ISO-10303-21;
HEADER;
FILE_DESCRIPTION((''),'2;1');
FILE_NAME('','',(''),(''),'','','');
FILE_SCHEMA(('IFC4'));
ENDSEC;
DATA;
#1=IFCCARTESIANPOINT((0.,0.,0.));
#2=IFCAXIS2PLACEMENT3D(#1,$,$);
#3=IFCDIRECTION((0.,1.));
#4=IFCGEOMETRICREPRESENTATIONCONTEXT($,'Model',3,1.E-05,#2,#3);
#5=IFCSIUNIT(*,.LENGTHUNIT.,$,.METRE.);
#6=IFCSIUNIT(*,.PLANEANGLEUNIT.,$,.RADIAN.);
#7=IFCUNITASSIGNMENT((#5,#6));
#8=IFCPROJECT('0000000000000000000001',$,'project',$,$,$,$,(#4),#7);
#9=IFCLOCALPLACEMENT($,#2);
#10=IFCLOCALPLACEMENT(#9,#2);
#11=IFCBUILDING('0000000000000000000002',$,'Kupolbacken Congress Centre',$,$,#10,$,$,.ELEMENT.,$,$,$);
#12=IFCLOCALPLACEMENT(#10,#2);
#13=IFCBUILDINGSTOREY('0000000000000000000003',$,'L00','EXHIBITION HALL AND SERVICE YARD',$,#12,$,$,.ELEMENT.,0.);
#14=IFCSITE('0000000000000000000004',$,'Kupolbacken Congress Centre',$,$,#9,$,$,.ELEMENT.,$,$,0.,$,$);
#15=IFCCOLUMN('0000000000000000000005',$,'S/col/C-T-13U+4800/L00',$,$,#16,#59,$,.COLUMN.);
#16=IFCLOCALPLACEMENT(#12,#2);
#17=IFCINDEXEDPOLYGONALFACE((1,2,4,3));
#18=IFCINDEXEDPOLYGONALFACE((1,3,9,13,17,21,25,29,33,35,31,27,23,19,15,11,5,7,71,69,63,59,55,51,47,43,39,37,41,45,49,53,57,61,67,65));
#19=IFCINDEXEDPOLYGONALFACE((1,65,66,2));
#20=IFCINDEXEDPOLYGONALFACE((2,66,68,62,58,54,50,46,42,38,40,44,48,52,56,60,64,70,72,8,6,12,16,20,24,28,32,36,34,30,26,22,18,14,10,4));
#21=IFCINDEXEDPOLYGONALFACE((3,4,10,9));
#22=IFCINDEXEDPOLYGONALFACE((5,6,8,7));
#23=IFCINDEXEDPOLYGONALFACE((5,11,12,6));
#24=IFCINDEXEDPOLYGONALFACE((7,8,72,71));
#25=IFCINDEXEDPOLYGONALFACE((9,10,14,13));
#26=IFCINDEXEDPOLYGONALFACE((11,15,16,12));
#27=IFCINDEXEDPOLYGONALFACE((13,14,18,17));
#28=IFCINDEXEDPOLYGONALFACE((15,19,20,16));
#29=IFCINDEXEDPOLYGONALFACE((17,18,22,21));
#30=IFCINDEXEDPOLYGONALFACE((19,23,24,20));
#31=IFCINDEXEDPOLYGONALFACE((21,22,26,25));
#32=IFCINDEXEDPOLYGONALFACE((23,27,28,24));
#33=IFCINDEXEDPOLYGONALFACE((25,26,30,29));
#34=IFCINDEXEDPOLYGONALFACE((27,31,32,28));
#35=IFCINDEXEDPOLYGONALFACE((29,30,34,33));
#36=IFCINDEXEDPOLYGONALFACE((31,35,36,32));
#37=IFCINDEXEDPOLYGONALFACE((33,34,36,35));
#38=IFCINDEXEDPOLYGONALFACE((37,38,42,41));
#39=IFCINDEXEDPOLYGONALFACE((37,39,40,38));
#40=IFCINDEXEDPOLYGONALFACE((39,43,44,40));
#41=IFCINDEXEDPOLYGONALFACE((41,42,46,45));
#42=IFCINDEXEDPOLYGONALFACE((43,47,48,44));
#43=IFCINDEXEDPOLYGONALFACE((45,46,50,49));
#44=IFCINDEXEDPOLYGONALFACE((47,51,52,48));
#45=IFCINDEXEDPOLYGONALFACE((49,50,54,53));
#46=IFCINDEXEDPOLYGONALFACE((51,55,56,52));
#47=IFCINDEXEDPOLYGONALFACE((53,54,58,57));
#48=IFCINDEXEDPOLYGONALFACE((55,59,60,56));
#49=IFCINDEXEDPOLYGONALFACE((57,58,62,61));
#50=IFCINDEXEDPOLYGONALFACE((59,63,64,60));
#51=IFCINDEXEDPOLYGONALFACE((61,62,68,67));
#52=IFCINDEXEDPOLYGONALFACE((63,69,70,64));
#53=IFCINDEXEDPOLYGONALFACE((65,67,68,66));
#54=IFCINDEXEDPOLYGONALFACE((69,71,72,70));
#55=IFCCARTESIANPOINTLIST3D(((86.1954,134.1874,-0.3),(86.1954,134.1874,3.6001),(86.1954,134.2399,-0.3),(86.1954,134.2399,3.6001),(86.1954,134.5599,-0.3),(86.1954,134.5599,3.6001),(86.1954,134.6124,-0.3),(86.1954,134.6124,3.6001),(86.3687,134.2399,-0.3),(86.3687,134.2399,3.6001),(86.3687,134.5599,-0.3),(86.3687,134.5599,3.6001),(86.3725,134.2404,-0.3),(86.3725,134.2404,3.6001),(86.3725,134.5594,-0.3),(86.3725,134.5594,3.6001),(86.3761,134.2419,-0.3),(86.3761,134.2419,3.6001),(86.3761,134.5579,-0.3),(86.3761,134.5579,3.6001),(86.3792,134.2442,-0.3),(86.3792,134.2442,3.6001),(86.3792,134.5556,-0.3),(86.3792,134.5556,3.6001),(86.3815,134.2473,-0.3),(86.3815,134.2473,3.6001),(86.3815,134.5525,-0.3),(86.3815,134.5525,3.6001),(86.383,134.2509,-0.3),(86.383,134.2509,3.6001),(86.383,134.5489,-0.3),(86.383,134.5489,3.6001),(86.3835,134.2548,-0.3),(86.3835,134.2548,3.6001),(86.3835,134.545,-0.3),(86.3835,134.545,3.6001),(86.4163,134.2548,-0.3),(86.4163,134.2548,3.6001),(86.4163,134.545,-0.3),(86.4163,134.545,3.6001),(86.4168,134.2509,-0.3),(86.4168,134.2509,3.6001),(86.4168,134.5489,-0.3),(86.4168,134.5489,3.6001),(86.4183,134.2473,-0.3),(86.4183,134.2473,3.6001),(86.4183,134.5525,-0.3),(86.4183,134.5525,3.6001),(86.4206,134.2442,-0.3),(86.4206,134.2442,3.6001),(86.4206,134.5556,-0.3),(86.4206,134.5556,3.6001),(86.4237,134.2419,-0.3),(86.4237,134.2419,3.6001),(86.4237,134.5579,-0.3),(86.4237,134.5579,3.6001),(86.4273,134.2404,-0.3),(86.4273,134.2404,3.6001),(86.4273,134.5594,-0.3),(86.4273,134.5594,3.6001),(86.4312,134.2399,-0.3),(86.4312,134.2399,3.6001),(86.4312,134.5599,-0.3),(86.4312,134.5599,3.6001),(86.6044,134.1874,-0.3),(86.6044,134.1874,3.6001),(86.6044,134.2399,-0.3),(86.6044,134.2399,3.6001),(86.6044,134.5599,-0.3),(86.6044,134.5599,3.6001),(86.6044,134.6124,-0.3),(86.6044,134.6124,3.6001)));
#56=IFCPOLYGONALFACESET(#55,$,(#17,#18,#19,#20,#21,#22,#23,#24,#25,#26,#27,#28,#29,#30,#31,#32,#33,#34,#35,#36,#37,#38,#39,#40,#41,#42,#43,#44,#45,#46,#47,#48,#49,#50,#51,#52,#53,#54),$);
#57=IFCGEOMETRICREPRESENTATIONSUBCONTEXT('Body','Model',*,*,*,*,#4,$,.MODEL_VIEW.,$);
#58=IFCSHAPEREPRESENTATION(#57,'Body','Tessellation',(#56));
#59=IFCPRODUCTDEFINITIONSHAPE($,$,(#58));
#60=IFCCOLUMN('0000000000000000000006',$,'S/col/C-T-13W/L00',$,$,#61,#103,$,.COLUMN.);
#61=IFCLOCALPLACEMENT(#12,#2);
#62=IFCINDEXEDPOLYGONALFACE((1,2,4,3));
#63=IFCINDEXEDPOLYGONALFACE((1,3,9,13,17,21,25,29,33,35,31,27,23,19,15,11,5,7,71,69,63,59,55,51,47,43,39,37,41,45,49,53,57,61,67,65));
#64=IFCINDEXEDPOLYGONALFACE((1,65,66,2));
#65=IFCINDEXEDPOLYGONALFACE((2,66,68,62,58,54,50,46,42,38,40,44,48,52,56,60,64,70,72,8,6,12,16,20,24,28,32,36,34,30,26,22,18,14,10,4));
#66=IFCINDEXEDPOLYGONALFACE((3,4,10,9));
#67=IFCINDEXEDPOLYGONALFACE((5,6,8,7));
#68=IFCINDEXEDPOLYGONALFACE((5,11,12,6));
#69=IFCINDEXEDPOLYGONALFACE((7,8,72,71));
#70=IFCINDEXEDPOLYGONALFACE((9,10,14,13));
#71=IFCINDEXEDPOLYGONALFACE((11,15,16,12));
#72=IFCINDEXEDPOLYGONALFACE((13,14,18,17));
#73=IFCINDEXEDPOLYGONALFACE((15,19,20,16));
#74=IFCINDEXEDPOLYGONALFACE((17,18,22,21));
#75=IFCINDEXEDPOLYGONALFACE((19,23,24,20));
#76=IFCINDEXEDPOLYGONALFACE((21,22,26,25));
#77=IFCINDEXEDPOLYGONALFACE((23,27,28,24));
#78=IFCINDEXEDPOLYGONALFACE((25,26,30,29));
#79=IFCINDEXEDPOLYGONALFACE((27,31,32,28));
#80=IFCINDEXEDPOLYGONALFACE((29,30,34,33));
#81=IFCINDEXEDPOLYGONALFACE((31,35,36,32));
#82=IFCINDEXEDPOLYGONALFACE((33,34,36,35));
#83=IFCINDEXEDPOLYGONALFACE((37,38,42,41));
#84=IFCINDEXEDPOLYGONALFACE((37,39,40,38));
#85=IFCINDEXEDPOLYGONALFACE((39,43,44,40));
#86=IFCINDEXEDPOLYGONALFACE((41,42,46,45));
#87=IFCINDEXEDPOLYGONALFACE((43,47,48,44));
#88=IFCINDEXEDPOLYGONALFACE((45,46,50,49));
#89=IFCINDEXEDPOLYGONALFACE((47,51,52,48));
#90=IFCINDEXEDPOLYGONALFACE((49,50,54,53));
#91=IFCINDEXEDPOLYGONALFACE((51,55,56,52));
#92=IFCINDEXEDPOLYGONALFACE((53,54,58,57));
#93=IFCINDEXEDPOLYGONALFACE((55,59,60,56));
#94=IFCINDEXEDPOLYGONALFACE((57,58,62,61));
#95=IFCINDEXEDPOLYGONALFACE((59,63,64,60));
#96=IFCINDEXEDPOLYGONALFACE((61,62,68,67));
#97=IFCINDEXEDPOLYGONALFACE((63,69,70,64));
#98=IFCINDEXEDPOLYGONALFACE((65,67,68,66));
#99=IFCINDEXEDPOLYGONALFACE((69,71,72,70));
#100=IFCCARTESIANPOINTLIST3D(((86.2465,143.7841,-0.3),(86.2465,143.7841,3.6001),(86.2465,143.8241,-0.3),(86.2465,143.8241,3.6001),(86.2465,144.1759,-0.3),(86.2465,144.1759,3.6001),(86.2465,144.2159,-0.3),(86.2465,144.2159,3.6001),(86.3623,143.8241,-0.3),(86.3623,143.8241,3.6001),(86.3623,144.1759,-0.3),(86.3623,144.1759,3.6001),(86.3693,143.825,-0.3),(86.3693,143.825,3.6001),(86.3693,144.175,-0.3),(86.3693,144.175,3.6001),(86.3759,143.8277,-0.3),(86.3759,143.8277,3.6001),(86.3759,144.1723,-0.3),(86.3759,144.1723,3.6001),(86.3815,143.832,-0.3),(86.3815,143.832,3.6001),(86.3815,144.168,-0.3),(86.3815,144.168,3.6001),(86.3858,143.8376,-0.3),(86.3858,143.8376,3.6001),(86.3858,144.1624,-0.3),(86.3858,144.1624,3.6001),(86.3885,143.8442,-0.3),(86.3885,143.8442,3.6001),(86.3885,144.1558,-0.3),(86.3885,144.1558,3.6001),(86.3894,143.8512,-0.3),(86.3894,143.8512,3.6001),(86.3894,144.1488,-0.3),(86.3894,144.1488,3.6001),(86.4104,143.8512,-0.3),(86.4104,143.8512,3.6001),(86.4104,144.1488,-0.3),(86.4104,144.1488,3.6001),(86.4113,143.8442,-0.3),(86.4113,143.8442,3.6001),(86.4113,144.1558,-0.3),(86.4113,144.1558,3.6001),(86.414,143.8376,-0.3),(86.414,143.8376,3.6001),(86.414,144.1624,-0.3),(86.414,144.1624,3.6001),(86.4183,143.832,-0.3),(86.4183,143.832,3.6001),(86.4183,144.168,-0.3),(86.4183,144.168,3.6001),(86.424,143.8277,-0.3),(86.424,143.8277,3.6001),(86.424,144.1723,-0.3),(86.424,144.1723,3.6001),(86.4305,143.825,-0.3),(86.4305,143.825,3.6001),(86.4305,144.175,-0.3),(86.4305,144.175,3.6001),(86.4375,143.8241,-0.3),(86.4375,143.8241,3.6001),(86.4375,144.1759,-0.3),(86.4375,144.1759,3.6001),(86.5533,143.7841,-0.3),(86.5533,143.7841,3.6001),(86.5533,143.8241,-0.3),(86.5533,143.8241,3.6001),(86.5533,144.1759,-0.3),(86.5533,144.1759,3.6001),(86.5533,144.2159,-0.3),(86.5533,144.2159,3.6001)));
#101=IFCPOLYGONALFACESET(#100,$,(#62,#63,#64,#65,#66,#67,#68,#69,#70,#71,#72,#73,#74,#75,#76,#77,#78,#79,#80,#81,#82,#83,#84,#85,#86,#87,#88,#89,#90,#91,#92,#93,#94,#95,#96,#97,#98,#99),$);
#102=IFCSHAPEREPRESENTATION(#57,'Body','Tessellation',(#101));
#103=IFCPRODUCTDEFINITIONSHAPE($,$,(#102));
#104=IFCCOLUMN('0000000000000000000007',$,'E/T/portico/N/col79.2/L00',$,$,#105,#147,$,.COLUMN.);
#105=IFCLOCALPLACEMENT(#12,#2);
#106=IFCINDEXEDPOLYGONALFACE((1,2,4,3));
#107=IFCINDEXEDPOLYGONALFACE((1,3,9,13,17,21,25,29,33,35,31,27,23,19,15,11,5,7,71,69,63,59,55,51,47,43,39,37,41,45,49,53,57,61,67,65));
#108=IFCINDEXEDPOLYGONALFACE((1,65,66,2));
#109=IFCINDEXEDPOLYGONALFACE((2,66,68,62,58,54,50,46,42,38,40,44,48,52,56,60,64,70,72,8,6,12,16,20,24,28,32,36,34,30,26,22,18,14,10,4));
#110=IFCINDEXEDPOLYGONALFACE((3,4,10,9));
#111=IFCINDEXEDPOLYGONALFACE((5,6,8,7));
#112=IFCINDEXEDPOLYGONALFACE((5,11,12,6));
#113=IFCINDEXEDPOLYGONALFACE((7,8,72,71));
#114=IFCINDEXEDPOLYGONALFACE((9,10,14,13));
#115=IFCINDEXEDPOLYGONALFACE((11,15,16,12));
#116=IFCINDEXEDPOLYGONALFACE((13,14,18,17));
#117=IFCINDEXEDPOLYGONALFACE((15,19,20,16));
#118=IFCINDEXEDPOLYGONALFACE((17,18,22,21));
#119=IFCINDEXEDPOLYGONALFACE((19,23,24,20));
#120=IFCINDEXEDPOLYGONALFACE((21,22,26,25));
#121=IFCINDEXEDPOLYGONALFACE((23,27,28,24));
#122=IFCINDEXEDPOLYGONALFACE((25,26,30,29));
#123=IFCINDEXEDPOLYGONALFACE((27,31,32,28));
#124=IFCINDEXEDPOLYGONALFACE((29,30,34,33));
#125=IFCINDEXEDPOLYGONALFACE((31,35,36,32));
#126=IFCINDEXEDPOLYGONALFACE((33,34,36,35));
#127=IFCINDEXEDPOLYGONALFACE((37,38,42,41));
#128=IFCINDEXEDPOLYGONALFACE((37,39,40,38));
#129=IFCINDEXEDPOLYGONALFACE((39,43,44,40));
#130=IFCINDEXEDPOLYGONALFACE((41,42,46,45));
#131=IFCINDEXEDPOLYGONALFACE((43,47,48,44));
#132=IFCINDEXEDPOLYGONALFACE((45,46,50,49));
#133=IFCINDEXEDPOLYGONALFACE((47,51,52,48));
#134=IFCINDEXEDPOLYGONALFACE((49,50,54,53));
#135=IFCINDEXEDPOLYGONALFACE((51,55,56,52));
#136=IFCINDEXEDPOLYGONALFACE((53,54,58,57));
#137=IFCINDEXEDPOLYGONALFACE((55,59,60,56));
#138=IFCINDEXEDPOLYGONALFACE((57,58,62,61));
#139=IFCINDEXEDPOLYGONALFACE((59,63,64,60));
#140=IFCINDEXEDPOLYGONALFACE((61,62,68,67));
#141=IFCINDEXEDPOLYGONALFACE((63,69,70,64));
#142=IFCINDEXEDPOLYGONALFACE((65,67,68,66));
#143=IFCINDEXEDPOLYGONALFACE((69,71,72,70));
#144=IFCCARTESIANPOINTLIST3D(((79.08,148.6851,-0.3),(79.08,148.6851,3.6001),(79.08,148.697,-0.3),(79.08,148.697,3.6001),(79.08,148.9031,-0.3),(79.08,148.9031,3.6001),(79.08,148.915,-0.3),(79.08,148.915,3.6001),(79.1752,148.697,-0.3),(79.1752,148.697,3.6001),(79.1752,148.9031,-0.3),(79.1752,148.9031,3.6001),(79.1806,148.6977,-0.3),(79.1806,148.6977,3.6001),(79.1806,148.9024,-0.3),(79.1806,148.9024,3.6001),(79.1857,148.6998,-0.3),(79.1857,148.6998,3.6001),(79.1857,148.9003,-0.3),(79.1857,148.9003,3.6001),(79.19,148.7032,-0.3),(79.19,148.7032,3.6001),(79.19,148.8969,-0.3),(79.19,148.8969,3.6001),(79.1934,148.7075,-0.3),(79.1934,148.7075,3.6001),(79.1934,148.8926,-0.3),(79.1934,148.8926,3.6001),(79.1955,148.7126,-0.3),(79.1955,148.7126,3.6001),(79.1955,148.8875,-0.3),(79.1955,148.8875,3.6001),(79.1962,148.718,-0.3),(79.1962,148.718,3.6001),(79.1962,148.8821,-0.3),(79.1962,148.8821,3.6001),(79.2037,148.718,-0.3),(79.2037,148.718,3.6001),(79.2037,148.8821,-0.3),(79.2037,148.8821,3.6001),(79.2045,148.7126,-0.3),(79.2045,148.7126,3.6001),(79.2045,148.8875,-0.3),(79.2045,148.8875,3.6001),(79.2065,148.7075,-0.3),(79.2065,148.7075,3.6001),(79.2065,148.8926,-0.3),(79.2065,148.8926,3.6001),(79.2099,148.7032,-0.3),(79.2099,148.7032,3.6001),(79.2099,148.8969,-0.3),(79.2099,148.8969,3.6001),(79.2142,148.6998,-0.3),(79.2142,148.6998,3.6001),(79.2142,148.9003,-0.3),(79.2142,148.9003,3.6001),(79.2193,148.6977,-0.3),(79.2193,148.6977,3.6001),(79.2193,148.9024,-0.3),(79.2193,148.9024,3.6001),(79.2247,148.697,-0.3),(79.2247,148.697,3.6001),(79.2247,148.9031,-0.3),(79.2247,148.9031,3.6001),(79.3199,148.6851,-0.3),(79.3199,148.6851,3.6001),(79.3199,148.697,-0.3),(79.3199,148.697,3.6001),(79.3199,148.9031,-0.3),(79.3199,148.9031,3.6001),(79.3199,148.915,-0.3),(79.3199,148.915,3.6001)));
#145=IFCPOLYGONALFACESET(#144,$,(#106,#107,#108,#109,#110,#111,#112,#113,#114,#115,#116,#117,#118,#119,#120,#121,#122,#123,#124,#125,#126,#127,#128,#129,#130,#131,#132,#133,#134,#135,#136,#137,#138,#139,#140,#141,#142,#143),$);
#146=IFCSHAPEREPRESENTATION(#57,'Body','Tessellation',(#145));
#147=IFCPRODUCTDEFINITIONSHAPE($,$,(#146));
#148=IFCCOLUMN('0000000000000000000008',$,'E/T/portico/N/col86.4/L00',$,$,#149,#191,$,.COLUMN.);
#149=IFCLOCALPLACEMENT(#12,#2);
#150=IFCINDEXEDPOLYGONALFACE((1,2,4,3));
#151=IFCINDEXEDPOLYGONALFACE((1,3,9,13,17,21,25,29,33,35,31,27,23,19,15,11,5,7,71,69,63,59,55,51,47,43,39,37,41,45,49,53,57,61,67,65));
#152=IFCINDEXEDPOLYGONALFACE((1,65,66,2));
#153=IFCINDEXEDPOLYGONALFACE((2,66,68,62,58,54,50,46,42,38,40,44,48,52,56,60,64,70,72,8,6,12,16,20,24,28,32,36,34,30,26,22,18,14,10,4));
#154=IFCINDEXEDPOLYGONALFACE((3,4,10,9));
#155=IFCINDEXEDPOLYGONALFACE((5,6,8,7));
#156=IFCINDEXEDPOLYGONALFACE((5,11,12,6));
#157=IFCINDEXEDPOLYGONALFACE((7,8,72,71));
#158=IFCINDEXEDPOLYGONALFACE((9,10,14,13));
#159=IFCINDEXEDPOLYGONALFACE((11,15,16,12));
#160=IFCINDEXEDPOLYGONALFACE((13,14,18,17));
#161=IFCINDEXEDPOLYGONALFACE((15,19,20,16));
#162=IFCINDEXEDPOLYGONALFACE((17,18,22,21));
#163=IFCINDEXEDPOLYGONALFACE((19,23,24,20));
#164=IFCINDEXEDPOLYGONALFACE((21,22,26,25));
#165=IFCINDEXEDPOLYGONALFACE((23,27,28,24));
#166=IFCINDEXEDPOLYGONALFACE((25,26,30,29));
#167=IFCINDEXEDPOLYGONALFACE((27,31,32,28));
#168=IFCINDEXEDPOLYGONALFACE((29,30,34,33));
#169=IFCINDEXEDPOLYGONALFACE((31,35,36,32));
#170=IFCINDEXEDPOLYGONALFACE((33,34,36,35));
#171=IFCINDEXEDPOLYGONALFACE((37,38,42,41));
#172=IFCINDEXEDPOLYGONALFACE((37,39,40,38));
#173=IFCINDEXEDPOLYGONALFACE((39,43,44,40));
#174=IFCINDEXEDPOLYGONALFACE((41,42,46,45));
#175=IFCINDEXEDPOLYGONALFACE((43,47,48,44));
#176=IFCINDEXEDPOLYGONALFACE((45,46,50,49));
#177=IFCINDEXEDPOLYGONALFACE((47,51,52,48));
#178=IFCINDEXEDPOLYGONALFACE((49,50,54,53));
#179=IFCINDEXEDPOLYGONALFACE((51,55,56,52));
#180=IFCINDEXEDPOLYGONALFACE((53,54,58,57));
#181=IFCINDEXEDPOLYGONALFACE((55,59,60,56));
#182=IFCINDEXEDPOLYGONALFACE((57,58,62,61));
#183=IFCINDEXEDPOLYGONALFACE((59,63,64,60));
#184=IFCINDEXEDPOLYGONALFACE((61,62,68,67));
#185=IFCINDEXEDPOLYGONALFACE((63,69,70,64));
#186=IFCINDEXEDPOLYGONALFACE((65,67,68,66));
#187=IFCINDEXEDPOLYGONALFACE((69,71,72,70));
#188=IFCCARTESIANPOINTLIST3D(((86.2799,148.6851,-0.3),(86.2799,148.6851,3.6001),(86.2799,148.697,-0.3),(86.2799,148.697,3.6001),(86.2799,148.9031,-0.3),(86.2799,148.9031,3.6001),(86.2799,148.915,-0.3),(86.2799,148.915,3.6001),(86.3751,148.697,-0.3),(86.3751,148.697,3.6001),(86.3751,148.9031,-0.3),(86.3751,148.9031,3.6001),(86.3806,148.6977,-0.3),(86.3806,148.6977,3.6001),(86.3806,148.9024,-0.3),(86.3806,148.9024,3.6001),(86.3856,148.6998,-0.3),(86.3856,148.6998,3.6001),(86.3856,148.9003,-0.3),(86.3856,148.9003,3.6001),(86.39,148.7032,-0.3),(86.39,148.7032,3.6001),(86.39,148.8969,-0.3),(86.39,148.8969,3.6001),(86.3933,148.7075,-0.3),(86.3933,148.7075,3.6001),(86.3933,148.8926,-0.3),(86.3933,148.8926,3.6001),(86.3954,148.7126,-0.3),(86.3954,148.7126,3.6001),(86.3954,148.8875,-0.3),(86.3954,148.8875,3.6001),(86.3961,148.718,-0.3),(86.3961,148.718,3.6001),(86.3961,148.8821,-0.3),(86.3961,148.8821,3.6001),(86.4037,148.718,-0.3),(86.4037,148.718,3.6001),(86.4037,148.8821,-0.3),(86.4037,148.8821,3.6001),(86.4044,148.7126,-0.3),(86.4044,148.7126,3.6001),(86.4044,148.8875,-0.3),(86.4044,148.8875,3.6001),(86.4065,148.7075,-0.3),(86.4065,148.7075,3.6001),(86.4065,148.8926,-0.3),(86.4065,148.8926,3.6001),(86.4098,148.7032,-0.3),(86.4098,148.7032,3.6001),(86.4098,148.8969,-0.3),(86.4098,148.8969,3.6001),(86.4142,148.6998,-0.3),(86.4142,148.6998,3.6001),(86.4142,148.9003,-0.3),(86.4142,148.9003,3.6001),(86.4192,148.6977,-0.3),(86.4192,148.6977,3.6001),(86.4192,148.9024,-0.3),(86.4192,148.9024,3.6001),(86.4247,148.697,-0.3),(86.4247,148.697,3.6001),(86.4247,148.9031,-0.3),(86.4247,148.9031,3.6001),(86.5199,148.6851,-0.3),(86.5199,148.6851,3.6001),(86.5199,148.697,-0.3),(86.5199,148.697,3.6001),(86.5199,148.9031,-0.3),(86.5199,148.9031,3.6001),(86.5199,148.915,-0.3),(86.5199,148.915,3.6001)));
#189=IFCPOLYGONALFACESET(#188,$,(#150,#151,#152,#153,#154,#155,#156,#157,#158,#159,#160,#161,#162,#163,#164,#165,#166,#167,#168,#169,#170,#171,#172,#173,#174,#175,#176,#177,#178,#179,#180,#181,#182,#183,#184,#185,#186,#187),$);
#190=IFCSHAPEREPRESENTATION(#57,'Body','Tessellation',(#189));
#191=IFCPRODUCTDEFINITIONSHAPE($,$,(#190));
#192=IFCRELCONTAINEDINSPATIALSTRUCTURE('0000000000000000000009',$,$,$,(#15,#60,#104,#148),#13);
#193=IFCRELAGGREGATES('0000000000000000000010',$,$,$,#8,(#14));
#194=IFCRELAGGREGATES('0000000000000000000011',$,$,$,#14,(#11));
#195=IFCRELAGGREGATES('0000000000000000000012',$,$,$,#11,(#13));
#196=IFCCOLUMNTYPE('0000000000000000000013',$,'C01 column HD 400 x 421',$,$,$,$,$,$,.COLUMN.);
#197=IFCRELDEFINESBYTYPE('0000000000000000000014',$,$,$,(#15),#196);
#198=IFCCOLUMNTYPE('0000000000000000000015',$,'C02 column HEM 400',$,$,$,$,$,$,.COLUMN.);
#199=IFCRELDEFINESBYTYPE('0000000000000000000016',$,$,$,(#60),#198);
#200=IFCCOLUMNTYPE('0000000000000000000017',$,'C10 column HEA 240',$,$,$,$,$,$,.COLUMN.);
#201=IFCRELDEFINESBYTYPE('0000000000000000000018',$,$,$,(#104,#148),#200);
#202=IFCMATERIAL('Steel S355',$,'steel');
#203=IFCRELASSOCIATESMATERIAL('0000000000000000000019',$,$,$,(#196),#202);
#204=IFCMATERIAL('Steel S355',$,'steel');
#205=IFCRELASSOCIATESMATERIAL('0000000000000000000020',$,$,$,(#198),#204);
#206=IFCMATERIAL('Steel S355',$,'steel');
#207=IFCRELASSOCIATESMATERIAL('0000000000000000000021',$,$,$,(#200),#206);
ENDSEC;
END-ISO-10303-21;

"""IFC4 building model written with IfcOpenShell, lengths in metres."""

from ifc_helpers import new_model, si_unit, direction, frame, origin, origin_2d, place, context, subcontext, project, spatial, i_section, extrude, material, material_profile, profile_set, type_object, element, save


model = new_model("IFC4")

# Units and contexts
model_context = context("Model", 3, precision=1e-05, world=origin(), true_north=direction((0.0, 1.0)))
body_context = subcontext(model_context, "Body", "Model", "MODEL_VIEW")
ifc_project = project(units=[si_unit("LENGTHUNIT", "METRE"), si_unit("PLANEANGLEUNIT", "RADIAN")], contexts=[model_context])

# Site, building, storey
site_placement = place(None, origin())
site = spatial("IfcSite", under=ifc_project, at=site_placement, Name="Kupolbacken Congress Centre", CompositionType="ELEMENT", RefElevation=0.0)
building_placement = place(site_placement, origin())
building = spatial("IfcBuilding", under=site, at=building_placement, Name="Kupolbacken Congress Centre", CompositionType="ELEMENT")
storey_placement = place(building_placement, origin())
storey = spatial("IfcBuildingStorey", under=building, at=storey_placement, Name="L00", Description="EXHIBITION HALL AND SERVICE YARD", CompositionType="ELEMENT", Elevation=0.0)

# Columns
ifc_material_1 = material(Name="Steel S355", Category="steel")
ifc_material_profile_1 = material_profile(ifc_material_1, i_section(OverallWidth=0.4089, OverallDepth=0.425, WebThickness=0.0327, FlangeThickness=0.0525, FilletRadius=0.0149, at=origin_2d()), Name="HD 400 x 421")
ifc_profile_set_1 = profile_set([ifc_material_profile_1], Name="Steel S355")
column_type_1 = type_object("IfcColumnType", Name="C01 column HD 400 x 421", PredefinedType="COLUMN", material=ifc_profile_set_1)
column_1_placement = place(storey_placement, frame((86.3999, 134.3999, -0.3), z_axis=(0.0, 0.0, 1.0), x_axis=(1.0, 0.0, 0.0)))
element("IfcColumn", 1, at=column_1_placement, inside=storey, type_object=column_type_1, Name="S/col/C-T-13U+4800/L00", PredefinedType="COLUMN", context=body_context, shape_type="SweptSolid", body=[
    extrude(i_section(OverallWidth=0.4089, OverallDepth=0.425, WebThickness=0.0327, FlangeThickness=0.0525, FilletRadius=0.0149, at=origin_2d()), origin(), (0.0, 0.0, 1.0), 3.9001),
])
ifc_material_2 = material(Name="Steel S355", Category="steel")
ifc_material_profile_2 = material_profile(ifc_material_2, i_section(OverallWidth=0.3069, OverallDepth=0.4319, WebThickness=0.021, FlangeThickness=0.04, FilletRadius=0.0271, at=origin_2d()), Name="HEM 400")
ifc_profile_set_2 = profile_set([ifc_material_profile_2], Name="Steel S355")
column_type_2 = type_object("IfcColumnType", Name="C02 column HEM 400", PredefinedType="COLUMN", material=ifc_profile_set_2)
column_2_placement = place(storey_placement, frame((86.3999, 144.0, -0.3), z_axis=(0.0, 0.0, 1.0), x_axis=(1.0, 0.0, 0.0)))
element("IfcColumn", 2, at=column_2_placement, inside=storey, type_object=column_type_2, Name="S/col/C-T-13W/L00", PredefinedType="COLUMN", context=body_context, shape_type="SweptSolid", body=[
    extrude(i_section(OverallWidth=0.3069, OverallDepth=0.4319, WebThickness=0.021, FlangeThickness=0.04, FilletRadius=0.0271, at=origin_2d()), origin(), (0.0, 0.0, 1.0), 3.9001),
])
ifc_material_3 = material(Name="Steel S355", Category="steel")
ifc_material_profile_3 = material_profile(ifc_material_3, i_section(OverallWidth=0.24, OverallDepth=0.23, WebThickness=0.0076, FlangeThickness=0.012, FilletRadius=0.021, at=origin_2d()), Name="HEA 240")
ifc_profile_set_3 = profile_set([ifc_material_profile_3], Name="Steel S355")
column_type_3 = type_object("IfcColumnType", Name="C10 column HEA 240", PredefinedType="COLUMN", material=ifc_profile_set_3)
for number, where, z_axis, x_axis, name in (
    (3, (79.2, 148.8, -0.3), (0.0, 0.0, 1.0), (1.0, 0.0, 0.0), "E/T/portico/N/col79.2/L00"),
    (4, (86.3999, 148.8, -0.3), (0.0, 0.0, 1.0), (1.0, 0.0, 0.0), "E/T/portico/N/col86.4/L00"),
):
    element("IfcColumn", number, at=place(storey_placement, frame(where, z_axis=z_axis, x_axis=x_axis)), inside=storey, type_object=column_type_3, Name=name, PredefinedType="COLUMN", context=body_context, shape_type="SweptSolid", body=[
        extrude(i_section(OverallWidth=0.24, OverallDepth=0.23, WebThickness=0.0076, FlangeThickness=0.012, FilletRadius=0.021, at=origin_2d()), origin(), (0.0, 0.0, 1.0), 3.9001),
    ])

save(model, "model.ifc")
